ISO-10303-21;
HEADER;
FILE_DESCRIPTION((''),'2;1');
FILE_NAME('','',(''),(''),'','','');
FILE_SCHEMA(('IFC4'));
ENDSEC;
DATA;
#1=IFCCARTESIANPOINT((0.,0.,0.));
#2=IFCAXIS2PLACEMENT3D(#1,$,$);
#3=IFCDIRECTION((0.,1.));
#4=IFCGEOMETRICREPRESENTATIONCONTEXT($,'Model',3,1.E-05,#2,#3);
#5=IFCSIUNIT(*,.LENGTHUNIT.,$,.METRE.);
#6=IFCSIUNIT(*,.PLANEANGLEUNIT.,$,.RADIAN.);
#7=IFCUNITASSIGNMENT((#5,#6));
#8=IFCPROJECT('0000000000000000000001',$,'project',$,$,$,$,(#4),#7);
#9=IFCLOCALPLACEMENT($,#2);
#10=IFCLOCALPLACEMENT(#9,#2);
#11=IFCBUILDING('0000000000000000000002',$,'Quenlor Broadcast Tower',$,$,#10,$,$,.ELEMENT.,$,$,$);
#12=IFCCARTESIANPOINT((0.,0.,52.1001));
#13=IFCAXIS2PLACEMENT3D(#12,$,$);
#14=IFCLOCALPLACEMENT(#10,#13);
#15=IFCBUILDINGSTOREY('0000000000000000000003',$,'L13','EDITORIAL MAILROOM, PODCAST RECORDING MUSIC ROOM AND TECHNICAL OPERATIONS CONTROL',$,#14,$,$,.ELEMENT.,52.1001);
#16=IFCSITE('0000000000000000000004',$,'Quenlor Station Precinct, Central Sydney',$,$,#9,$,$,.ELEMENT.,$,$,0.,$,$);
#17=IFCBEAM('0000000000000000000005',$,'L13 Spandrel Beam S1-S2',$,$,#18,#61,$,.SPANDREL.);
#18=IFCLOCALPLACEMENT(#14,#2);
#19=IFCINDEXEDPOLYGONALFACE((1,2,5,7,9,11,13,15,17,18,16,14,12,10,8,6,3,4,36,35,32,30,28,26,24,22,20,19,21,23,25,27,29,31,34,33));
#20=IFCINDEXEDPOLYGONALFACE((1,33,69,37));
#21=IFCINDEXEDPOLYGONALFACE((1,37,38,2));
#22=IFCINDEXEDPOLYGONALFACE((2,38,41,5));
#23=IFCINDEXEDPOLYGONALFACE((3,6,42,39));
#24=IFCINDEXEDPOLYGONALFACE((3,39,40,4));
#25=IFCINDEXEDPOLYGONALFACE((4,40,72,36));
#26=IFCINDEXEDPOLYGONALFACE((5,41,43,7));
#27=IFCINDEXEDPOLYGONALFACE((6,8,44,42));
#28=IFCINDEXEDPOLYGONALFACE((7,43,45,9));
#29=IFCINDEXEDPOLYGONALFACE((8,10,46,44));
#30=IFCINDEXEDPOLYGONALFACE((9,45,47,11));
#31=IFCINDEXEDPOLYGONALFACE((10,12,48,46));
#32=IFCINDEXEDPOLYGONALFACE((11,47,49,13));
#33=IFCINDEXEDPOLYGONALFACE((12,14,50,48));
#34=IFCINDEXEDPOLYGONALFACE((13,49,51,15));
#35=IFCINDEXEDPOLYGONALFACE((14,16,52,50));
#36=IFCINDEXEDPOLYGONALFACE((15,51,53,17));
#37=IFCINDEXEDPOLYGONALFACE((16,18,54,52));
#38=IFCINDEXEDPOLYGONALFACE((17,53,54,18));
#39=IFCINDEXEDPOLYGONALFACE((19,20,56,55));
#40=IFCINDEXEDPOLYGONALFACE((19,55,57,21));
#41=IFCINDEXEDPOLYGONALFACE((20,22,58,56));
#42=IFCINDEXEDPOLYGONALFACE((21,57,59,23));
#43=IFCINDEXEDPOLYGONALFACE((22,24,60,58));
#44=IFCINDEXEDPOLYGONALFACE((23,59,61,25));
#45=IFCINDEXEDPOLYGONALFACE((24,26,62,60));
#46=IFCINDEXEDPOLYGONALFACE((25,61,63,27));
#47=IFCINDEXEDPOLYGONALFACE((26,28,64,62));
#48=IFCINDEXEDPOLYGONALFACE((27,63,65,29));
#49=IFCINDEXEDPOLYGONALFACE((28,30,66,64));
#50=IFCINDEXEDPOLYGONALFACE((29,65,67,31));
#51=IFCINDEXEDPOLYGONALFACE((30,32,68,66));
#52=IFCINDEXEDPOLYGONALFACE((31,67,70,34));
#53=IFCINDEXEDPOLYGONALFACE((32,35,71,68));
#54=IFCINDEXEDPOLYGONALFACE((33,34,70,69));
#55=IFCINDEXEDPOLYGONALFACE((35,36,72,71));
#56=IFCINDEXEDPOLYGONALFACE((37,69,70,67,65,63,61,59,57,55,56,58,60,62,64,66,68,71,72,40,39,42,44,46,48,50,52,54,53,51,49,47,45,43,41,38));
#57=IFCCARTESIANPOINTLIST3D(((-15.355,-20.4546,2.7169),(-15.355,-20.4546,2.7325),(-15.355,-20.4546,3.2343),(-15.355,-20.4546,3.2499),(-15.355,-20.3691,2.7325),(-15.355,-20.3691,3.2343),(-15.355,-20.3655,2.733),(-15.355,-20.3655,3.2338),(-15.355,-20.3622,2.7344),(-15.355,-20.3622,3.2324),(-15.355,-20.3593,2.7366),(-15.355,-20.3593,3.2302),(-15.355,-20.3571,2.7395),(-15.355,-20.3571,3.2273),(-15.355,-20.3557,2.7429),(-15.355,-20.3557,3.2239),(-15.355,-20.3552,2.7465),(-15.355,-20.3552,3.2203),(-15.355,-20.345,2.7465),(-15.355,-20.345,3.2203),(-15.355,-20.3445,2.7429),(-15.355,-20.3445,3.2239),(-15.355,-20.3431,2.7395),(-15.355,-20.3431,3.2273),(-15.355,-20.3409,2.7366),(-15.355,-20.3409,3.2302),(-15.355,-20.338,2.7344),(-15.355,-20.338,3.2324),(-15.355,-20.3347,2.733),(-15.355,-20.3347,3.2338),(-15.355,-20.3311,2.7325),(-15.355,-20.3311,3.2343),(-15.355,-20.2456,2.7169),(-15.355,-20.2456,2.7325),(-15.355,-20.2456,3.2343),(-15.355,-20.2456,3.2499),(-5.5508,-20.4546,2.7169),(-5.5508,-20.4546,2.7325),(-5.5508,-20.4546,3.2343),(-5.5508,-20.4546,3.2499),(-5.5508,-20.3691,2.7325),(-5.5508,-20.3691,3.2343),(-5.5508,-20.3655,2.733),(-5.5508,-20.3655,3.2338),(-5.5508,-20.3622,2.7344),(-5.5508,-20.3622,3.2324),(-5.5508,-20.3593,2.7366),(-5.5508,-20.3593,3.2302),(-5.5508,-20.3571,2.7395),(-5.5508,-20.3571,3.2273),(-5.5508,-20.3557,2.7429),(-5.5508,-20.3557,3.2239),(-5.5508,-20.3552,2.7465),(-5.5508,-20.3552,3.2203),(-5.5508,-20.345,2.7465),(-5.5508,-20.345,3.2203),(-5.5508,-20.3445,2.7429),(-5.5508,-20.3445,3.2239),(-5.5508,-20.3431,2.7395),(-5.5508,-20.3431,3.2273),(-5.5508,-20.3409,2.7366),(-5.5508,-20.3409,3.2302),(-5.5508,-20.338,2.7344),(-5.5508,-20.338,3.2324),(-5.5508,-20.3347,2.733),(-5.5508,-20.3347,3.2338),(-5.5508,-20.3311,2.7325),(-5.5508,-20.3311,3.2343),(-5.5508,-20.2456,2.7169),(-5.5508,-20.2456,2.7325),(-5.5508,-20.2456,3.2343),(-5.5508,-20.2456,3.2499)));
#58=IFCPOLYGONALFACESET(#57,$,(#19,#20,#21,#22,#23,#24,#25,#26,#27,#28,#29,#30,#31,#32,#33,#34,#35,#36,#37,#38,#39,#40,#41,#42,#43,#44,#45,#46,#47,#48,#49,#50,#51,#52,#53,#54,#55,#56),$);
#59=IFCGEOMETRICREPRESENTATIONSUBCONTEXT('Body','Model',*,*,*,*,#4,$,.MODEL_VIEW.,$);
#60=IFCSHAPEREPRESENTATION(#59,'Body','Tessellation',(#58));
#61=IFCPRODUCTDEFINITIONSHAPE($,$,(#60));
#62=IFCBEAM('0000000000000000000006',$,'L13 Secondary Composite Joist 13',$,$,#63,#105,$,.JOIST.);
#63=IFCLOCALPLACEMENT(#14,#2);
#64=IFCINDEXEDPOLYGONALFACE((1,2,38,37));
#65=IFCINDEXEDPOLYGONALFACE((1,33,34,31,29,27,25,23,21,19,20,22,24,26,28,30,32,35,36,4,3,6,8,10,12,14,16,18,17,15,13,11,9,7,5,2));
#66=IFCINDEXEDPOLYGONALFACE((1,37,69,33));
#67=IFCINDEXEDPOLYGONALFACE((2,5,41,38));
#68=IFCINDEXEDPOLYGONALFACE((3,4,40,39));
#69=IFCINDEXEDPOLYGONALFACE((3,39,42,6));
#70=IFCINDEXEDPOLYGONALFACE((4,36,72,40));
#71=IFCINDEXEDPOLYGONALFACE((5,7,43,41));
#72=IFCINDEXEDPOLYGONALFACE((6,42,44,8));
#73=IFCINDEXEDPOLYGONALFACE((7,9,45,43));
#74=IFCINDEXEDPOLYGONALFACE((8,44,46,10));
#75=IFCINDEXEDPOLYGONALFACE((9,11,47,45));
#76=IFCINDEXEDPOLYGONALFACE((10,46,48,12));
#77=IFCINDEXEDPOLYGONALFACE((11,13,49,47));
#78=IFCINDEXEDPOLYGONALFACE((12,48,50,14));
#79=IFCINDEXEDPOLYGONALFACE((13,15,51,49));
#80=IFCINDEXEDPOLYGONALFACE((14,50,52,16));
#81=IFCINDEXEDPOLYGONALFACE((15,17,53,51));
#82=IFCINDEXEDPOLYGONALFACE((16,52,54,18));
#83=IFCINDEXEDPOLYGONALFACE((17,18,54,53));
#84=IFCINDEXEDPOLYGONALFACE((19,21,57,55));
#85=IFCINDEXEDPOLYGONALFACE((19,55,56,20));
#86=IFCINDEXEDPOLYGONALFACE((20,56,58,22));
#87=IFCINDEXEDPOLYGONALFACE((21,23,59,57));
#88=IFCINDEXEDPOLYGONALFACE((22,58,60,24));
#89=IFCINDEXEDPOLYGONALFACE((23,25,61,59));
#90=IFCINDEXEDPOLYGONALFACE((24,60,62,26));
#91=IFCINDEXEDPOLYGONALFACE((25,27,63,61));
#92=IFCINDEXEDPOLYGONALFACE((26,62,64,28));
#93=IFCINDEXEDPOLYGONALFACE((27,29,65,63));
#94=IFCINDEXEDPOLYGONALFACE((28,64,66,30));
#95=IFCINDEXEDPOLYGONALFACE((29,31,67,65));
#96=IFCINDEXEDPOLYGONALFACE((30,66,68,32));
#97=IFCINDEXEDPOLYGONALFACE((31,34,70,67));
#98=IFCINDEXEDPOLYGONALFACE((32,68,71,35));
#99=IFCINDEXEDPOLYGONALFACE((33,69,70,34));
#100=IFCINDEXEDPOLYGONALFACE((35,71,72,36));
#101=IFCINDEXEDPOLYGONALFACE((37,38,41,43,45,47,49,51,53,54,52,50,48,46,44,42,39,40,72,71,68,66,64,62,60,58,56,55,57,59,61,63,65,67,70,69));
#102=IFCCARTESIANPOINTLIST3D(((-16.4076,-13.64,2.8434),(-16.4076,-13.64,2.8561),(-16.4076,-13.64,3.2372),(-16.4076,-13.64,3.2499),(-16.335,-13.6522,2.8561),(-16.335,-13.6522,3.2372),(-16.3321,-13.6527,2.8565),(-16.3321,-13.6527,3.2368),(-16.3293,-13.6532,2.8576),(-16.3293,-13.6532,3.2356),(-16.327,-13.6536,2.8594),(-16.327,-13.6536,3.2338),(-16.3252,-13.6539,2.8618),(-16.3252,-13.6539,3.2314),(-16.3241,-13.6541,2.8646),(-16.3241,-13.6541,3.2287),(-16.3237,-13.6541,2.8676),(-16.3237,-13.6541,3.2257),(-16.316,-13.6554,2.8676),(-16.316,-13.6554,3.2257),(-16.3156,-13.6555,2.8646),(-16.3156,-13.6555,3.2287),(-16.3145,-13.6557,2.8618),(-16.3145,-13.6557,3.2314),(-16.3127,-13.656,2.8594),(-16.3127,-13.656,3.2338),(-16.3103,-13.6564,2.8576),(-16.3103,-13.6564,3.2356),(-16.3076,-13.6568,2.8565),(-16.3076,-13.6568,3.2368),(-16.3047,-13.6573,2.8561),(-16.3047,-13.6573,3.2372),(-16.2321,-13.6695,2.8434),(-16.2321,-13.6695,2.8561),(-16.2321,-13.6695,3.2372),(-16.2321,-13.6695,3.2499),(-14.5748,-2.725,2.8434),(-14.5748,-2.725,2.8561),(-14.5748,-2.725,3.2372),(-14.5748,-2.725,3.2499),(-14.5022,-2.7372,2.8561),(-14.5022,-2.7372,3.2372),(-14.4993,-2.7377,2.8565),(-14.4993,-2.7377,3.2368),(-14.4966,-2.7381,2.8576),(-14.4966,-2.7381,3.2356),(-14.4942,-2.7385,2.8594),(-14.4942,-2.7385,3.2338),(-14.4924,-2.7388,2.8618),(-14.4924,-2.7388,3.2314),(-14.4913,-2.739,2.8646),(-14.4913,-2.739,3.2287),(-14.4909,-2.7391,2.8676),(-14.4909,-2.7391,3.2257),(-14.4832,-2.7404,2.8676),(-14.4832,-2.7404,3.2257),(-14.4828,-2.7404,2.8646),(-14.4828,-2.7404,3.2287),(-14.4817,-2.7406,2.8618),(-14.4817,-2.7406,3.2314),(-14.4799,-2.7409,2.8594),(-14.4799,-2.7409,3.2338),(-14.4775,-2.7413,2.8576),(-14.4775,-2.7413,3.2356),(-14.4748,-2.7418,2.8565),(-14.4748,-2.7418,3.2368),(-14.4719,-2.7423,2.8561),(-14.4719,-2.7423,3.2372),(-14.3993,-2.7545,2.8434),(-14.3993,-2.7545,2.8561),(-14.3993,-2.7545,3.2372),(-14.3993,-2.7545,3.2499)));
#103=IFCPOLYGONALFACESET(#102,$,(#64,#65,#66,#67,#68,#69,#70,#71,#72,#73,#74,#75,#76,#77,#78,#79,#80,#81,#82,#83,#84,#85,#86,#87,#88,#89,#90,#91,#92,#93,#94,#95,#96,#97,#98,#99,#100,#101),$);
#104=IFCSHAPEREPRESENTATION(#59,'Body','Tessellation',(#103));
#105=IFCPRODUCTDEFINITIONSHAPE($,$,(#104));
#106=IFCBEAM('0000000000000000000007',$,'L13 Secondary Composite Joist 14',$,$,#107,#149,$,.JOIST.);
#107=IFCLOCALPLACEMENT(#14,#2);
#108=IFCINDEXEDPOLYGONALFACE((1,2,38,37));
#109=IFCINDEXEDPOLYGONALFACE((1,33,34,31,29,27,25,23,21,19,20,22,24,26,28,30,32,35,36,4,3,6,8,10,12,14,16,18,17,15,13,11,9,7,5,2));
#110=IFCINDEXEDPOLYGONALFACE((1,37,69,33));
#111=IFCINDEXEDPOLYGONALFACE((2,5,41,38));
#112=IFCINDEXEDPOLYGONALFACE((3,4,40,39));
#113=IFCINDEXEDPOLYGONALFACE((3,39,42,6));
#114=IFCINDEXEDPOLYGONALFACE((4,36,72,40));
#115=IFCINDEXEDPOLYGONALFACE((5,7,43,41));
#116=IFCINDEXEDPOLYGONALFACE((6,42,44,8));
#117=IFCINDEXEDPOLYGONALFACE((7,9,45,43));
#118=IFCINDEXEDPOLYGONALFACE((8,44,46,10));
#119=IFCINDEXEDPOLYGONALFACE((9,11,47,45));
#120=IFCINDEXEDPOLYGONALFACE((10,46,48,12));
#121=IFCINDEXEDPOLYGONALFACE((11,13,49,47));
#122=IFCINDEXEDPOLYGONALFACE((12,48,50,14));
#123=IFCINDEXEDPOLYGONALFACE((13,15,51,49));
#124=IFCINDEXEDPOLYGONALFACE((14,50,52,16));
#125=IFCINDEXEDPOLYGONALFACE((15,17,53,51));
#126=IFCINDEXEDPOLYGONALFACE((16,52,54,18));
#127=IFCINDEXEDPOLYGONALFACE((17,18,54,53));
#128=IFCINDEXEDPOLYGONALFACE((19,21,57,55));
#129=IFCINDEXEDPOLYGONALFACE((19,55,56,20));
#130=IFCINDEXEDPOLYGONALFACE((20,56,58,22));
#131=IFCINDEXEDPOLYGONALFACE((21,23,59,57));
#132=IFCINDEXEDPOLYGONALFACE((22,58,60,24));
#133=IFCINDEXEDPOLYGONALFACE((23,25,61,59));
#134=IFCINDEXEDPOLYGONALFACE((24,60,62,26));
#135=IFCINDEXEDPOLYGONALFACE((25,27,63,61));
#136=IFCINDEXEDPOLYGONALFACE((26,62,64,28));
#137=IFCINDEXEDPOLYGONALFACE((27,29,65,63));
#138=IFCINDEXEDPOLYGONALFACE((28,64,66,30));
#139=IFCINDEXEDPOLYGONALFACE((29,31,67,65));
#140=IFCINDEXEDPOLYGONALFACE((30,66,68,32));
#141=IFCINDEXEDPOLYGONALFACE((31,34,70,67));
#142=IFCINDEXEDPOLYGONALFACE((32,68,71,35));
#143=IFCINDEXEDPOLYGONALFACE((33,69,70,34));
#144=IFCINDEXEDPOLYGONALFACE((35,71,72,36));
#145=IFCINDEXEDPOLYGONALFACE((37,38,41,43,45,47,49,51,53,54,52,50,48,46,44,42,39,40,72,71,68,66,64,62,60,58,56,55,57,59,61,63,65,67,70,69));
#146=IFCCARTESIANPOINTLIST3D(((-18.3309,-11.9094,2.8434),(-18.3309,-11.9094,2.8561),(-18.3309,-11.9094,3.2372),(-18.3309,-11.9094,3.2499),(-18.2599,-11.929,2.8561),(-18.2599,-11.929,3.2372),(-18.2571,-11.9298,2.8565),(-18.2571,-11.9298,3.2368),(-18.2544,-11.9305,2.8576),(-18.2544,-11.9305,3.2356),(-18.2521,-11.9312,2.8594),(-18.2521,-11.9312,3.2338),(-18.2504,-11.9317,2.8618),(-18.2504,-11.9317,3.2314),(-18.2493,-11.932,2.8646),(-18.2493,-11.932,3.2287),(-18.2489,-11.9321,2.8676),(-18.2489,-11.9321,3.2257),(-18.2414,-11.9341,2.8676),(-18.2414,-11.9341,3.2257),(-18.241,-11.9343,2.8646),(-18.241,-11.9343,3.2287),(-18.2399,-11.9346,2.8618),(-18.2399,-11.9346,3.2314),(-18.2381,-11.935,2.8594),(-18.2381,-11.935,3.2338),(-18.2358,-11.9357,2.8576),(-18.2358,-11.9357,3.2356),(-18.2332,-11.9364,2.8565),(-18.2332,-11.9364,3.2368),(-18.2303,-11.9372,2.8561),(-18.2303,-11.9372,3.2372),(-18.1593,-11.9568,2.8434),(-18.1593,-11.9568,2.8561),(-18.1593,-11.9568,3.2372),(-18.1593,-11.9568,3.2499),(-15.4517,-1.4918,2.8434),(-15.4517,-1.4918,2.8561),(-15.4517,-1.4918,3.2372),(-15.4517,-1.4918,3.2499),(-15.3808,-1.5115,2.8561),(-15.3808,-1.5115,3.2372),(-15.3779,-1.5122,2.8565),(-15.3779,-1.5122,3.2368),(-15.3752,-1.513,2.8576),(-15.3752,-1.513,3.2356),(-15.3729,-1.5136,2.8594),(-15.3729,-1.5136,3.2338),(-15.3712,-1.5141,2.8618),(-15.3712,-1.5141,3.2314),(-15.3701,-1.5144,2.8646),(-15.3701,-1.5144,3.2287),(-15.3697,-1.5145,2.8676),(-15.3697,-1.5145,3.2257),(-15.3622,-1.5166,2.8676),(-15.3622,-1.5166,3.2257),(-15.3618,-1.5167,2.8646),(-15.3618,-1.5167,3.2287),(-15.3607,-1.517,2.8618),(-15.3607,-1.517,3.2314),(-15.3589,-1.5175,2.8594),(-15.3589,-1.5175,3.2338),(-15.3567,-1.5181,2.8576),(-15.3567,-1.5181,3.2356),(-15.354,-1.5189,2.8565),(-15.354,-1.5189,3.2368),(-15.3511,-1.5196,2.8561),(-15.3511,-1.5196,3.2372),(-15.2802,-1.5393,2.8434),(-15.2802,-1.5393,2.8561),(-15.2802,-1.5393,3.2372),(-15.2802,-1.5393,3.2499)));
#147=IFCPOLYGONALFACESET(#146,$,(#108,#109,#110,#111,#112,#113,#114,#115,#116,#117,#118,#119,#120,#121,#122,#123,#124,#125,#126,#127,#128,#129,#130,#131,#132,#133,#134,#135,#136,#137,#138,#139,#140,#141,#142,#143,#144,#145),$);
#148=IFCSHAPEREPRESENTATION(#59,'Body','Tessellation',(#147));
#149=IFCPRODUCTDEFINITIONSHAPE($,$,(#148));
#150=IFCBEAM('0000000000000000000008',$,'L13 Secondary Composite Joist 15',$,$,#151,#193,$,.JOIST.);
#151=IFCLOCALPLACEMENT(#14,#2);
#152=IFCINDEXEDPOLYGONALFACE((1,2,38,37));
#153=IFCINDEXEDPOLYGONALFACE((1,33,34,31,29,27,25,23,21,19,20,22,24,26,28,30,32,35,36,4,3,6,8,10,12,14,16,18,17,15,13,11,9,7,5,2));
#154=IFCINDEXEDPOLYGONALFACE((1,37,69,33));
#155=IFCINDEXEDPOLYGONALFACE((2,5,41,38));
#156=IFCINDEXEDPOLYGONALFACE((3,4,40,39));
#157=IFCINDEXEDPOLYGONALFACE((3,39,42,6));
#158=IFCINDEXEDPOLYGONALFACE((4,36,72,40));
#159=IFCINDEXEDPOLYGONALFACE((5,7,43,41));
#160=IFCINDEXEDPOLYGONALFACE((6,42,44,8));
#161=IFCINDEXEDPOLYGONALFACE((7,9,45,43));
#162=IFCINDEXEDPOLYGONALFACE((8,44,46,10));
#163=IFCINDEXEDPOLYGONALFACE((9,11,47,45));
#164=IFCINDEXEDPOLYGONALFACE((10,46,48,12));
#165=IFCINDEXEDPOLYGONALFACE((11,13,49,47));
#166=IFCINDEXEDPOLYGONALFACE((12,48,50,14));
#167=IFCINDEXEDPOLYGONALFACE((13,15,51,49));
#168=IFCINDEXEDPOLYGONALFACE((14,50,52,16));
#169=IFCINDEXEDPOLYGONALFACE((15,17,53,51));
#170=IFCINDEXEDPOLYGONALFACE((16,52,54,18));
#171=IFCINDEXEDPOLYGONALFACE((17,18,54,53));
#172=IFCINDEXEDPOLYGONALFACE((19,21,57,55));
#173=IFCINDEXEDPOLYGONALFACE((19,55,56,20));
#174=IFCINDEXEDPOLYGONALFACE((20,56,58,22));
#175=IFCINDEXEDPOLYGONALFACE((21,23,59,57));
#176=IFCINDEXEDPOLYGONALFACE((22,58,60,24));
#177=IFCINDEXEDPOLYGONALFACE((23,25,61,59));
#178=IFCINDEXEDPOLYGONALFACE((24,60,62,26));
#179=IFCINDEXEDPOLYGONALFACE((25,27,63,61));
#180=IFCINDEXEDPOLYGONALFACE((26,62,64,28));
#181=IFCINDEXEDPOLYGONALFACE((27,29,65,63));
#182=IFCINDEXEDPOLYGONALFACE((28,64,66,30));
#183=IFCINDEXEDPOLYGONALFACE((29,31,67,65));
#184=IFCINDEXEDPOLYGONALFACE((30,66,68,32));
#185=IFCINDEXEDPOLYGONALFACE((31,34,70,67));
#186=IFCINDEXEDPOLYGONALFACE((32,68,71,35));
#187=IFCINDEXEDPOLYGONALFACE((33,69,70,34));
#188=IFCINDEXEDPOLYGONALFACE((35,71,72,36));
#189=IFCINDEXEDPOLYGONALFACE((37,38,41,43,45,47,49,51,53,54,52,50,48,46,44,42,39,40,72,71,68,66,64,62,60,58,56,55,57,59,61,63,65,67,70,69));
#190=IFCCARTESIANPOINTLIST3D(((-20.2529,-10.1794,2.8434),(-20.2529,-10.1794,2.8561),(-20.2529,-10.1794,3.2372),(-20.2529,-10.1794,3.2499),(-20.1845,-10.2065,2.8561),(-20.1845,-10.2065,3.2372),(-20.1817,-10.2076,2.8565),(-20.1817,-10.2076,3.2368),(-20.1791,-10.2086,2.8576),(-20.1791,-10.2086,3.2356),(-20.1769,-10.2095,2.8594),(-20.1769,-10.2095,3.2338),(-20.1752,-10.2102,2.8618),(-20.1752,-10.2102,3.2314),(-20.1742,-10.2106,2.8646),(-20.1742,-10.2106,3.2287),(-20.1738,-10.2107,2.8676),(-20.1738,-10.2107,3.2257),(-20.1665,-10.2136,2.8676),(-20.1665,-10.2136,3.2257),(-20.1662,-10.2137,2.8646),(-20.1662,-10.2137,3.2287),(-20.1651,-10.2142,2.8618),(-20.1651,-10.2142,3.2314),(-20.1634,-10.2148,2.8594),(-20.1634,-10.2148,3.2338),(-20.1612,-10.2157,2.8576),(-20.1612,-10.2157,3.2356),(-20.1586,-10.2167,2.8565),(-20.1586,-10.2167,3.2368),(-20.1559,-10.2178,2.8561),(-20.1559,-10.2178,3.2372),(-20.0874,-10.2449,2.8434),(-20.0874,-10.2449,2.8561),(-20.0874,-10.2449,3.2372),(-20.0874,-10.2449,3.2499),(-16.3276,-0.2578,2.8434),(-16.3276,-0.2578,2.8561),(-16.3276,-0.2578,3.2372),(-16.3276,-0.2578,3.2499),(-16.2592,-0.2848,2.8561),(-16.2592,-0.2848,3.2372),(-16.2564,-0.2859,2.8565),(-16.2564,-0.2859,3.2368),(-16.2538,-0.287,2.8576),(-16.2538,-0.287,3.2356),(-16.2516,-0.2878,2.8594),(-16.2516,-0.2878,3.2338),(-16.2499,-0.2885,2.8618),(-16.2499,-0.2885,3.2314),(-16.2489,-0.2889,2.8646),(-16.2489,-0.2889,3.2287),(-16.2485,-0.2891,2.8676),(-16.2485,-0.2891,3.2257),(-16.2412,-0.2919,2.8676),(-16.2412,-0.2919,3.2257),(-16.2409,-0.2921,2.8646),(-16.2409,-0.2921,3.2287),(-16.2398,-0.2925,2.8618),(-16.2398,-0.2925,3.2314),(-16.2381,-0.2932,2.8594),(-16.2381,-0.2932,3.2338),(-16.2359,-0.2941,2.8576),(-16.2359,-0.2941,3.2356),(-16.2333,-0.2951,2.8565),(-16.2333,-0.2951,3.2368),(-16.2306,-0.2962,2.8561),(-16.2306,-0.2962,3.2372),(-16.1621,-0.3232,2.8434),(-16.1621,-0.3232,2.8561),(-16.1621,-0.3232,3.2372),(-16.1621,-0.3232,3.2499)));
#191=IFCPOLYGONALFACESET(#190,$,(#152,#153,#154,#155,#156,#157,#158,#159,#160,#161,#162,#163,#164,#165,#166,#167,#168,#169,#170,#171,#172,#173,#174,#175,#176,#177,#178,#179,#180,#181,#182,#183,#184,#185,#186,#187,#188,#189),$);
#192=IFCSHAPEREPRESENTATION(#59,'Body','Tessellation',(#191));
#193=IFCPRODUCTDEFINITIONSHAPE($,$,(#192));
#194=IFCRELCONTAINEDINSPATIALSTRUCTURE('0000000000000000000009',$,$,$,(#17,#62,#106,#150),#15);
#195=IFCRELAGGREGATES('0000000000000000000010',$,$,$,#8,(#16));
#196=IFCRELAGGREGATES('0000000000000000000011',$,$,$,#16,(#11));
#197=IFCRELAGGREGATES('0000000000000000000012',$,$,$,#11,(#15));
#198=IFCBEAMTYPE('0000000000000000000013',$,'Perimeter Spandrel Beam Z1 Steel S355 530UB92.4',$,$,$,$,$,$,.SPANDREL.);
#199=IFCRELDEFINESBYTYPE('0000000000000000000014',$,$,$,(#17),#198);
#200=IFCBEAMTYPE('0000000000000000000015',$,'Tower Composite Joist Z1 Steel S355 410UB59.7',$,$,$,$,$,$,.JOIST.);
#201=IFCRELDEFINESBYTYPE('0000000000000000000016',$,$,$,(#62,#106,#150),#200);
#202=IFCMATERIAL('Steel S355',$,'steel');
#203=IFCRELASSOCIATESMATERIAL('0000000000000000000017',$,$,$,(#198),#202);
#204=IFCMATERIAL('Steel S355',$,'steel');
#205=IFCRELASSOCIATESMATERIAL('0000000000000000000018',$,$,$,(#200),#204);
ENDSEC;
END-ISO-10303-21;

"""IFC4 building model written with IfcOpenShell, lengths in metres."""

from ifc_helpers import new_model, si_unit, direction, frame, origin, origin_2d, place, context, subcontext, project, spatial, i_section, extrude, material, material_profile, profile_set, type_object, element, save


model = new_model("IFC4")

# Units and contexts
model_context = context("Model", 3, precision=1e-05, world=origin(), true_north=direction((0.0, 1.0)))
body_context = subcontext(model_context, "Body", "Model", "MODEL_VIEW")
ifc_project = project(units=[si_unit("LENGTHUNIT", "METRE"), si_unit("PLANEANGLEUNIT", "RADIAN")], contexts=[model_context])

# Site, building, storey
site_placement = place(None, origin())
site = spatial("IfcSite", under=ifc_project, at=site_placement, Name="Quenlor Station Precinct, Central Sydney", CompositionType="ELEMENT", RefElevation=0.0)
building_placement = place(site_placement, origin())
building = spatial("IfcBuilding", under=site, at=building_placement, Name="Quenlor Broadcast Tower", CompositionType="ELEMENT")
storey_placement = place(building_placement, frame((0.0, 0.0, 52.1001)))
storey = spatial("IfcBuildingStorey", under=building, at=storey_placement, Name="L13", Description="EDITORIAL MAILROOM, PODCAST RECORDING MUSIC ROOM AND TECHNICAL OPERATIONS CONTROL", CompositionType="ELEMENT", Elevation=52.1001)

# Beams
ifc_material_1 = material(Name="Steel S355", Category="steel")
ifc_material_profile_1 = material_profile(ifc_material_1, i_section(OverallWidth=0.209, OverallDepth=0.533, WebThickness=0.0103, FlangeThickness=0.0156, FilletRadius=0.0139, at=origin_2d()))
ifc_profile_set_1 = profile_set([ifc_material_profile_1], Name="Steel S355 530UB92.4")
beam_type_1 = type_object("IfcBeamType", Name="Perimeter Spandrel Beam Z1 Steel S355 530UB92.4", PredefinedType="SPANDREL", material=ifc_profile_set_1)
beam_1_placement = place(storey_placement, frame((-15.355, -20.3501, 2.9834), z_axis=(1.0, 0.0, 0.0), x_axis=(0.0, 1.0, 0.0)))
element("IfcBeam", 1, at=beam_1_placement, inside=storey, type_object=beam_type_1, Name="L13 Spandrel Beam S1-S2", PredefinedType="SPANDREL", context=body_context, shape_type="SweptSolid", body=[
    extrude(i_section(OverallWidth=0.209, OverallDepth=0.533, WebThickness=0.0103, FlangeThickness=0.0156, FilletRadius=0.0139, at=origin_2d()), origin(), (0.0, 0.0, 1.0), 9.8042),
])
ifc_material_2 = material(Name="Steel S355", Category="steel")
ifc_material_profile_2 = material_profile(ifc_material_2, i_section(OverallWidth=0.178, OverallDepth=0.4065, WebThickness=0.0078, FlangeThickness=0.0127, FilletRadius=0.0115, at=origin_2d()))
ifc_profile_set_2 = profile_set([ifc_material_profile_2], Name="Steel S355 410UB59.7")
beam_type_2 = type_object("IfcBeamType", Name="Tower Composite Joist Z1 Steel S355 410UB59.7", PredefinedType="JOIST", material=ifc_profile_set_2)
beam_2_placement = place(storey_placement, frame((-16.3198, -13.6548, 3.0466), z_axis=(0.165594, 0.986194, 0.0), x_axis=(-0.986194, 0.165594, 0.0)))
element("IfcBeam", 2, at=beam_2_placement, inside=storey, type_object=beam_type_2, Name="L13 Secondary Composite Joist 13", PredefinedType="JOIST", context=body_context, shape_type="SweptSolid", body=[
    extrude(i_section(OverallWidth=0.178, OverallDepth=0.4065, WebThickness=0.0078, FlangeThickness=0.0127, FilletRadius=0.0115, at=origin_2d()), origin(), (0.0, 0.0, 1.0), 11.0679),
])
beam_3_placement = place(storey_placement, frame((-18.2451, -11.9331, 3.0466), z_axis=(0.26639, 0.963865, 0.0), x_axis=(-0.963865, 0.26639, 0.0)))
element("IfcBeam", 3, at=beam_3_placement, inside=storey, type_object=beam_type_2, Name="L13 Secondary Composite Joist 14", PredefinedType="JOIST", context=body_context, shape_type="SweptSolid", body=[
    extrude(i_section(OverallWidth=0.178, OverallDepth=0.4065, WebThickness=0.0078, FlangeThickness=0.0127, FilletRadius=0.0115, at=origin_2d()), origin(), (0.0, 0.0, 1.0), 10.8081),
])
beam_4_placement = place(storey_placement, frame((-20.1702, -10.2122, 3.0466), z_axis=(0.367885, 0.929871, 0.0), x_axis=(-0.929871, 0.367885, 0.0)))
element("IfcBeam", 4, at=beam_4_placement, inside=storey, type_object=beam_type_2, Name="L13 Secondary Composite Joist 15", PredefinedType="JOIST", context=body_context, shape_type="SweptSolid", body=[
    extrude(i_section(OverallWidth=0.178, OverallDepth=0.4065, WebThickness=0.0078, FlangeThickness=0.0127, FilletRadius=0.0115, at=origin_2d()), origin(), (0.0, 0.0, 1.0), 10.6699),
])

save(model, "model.ifc")
